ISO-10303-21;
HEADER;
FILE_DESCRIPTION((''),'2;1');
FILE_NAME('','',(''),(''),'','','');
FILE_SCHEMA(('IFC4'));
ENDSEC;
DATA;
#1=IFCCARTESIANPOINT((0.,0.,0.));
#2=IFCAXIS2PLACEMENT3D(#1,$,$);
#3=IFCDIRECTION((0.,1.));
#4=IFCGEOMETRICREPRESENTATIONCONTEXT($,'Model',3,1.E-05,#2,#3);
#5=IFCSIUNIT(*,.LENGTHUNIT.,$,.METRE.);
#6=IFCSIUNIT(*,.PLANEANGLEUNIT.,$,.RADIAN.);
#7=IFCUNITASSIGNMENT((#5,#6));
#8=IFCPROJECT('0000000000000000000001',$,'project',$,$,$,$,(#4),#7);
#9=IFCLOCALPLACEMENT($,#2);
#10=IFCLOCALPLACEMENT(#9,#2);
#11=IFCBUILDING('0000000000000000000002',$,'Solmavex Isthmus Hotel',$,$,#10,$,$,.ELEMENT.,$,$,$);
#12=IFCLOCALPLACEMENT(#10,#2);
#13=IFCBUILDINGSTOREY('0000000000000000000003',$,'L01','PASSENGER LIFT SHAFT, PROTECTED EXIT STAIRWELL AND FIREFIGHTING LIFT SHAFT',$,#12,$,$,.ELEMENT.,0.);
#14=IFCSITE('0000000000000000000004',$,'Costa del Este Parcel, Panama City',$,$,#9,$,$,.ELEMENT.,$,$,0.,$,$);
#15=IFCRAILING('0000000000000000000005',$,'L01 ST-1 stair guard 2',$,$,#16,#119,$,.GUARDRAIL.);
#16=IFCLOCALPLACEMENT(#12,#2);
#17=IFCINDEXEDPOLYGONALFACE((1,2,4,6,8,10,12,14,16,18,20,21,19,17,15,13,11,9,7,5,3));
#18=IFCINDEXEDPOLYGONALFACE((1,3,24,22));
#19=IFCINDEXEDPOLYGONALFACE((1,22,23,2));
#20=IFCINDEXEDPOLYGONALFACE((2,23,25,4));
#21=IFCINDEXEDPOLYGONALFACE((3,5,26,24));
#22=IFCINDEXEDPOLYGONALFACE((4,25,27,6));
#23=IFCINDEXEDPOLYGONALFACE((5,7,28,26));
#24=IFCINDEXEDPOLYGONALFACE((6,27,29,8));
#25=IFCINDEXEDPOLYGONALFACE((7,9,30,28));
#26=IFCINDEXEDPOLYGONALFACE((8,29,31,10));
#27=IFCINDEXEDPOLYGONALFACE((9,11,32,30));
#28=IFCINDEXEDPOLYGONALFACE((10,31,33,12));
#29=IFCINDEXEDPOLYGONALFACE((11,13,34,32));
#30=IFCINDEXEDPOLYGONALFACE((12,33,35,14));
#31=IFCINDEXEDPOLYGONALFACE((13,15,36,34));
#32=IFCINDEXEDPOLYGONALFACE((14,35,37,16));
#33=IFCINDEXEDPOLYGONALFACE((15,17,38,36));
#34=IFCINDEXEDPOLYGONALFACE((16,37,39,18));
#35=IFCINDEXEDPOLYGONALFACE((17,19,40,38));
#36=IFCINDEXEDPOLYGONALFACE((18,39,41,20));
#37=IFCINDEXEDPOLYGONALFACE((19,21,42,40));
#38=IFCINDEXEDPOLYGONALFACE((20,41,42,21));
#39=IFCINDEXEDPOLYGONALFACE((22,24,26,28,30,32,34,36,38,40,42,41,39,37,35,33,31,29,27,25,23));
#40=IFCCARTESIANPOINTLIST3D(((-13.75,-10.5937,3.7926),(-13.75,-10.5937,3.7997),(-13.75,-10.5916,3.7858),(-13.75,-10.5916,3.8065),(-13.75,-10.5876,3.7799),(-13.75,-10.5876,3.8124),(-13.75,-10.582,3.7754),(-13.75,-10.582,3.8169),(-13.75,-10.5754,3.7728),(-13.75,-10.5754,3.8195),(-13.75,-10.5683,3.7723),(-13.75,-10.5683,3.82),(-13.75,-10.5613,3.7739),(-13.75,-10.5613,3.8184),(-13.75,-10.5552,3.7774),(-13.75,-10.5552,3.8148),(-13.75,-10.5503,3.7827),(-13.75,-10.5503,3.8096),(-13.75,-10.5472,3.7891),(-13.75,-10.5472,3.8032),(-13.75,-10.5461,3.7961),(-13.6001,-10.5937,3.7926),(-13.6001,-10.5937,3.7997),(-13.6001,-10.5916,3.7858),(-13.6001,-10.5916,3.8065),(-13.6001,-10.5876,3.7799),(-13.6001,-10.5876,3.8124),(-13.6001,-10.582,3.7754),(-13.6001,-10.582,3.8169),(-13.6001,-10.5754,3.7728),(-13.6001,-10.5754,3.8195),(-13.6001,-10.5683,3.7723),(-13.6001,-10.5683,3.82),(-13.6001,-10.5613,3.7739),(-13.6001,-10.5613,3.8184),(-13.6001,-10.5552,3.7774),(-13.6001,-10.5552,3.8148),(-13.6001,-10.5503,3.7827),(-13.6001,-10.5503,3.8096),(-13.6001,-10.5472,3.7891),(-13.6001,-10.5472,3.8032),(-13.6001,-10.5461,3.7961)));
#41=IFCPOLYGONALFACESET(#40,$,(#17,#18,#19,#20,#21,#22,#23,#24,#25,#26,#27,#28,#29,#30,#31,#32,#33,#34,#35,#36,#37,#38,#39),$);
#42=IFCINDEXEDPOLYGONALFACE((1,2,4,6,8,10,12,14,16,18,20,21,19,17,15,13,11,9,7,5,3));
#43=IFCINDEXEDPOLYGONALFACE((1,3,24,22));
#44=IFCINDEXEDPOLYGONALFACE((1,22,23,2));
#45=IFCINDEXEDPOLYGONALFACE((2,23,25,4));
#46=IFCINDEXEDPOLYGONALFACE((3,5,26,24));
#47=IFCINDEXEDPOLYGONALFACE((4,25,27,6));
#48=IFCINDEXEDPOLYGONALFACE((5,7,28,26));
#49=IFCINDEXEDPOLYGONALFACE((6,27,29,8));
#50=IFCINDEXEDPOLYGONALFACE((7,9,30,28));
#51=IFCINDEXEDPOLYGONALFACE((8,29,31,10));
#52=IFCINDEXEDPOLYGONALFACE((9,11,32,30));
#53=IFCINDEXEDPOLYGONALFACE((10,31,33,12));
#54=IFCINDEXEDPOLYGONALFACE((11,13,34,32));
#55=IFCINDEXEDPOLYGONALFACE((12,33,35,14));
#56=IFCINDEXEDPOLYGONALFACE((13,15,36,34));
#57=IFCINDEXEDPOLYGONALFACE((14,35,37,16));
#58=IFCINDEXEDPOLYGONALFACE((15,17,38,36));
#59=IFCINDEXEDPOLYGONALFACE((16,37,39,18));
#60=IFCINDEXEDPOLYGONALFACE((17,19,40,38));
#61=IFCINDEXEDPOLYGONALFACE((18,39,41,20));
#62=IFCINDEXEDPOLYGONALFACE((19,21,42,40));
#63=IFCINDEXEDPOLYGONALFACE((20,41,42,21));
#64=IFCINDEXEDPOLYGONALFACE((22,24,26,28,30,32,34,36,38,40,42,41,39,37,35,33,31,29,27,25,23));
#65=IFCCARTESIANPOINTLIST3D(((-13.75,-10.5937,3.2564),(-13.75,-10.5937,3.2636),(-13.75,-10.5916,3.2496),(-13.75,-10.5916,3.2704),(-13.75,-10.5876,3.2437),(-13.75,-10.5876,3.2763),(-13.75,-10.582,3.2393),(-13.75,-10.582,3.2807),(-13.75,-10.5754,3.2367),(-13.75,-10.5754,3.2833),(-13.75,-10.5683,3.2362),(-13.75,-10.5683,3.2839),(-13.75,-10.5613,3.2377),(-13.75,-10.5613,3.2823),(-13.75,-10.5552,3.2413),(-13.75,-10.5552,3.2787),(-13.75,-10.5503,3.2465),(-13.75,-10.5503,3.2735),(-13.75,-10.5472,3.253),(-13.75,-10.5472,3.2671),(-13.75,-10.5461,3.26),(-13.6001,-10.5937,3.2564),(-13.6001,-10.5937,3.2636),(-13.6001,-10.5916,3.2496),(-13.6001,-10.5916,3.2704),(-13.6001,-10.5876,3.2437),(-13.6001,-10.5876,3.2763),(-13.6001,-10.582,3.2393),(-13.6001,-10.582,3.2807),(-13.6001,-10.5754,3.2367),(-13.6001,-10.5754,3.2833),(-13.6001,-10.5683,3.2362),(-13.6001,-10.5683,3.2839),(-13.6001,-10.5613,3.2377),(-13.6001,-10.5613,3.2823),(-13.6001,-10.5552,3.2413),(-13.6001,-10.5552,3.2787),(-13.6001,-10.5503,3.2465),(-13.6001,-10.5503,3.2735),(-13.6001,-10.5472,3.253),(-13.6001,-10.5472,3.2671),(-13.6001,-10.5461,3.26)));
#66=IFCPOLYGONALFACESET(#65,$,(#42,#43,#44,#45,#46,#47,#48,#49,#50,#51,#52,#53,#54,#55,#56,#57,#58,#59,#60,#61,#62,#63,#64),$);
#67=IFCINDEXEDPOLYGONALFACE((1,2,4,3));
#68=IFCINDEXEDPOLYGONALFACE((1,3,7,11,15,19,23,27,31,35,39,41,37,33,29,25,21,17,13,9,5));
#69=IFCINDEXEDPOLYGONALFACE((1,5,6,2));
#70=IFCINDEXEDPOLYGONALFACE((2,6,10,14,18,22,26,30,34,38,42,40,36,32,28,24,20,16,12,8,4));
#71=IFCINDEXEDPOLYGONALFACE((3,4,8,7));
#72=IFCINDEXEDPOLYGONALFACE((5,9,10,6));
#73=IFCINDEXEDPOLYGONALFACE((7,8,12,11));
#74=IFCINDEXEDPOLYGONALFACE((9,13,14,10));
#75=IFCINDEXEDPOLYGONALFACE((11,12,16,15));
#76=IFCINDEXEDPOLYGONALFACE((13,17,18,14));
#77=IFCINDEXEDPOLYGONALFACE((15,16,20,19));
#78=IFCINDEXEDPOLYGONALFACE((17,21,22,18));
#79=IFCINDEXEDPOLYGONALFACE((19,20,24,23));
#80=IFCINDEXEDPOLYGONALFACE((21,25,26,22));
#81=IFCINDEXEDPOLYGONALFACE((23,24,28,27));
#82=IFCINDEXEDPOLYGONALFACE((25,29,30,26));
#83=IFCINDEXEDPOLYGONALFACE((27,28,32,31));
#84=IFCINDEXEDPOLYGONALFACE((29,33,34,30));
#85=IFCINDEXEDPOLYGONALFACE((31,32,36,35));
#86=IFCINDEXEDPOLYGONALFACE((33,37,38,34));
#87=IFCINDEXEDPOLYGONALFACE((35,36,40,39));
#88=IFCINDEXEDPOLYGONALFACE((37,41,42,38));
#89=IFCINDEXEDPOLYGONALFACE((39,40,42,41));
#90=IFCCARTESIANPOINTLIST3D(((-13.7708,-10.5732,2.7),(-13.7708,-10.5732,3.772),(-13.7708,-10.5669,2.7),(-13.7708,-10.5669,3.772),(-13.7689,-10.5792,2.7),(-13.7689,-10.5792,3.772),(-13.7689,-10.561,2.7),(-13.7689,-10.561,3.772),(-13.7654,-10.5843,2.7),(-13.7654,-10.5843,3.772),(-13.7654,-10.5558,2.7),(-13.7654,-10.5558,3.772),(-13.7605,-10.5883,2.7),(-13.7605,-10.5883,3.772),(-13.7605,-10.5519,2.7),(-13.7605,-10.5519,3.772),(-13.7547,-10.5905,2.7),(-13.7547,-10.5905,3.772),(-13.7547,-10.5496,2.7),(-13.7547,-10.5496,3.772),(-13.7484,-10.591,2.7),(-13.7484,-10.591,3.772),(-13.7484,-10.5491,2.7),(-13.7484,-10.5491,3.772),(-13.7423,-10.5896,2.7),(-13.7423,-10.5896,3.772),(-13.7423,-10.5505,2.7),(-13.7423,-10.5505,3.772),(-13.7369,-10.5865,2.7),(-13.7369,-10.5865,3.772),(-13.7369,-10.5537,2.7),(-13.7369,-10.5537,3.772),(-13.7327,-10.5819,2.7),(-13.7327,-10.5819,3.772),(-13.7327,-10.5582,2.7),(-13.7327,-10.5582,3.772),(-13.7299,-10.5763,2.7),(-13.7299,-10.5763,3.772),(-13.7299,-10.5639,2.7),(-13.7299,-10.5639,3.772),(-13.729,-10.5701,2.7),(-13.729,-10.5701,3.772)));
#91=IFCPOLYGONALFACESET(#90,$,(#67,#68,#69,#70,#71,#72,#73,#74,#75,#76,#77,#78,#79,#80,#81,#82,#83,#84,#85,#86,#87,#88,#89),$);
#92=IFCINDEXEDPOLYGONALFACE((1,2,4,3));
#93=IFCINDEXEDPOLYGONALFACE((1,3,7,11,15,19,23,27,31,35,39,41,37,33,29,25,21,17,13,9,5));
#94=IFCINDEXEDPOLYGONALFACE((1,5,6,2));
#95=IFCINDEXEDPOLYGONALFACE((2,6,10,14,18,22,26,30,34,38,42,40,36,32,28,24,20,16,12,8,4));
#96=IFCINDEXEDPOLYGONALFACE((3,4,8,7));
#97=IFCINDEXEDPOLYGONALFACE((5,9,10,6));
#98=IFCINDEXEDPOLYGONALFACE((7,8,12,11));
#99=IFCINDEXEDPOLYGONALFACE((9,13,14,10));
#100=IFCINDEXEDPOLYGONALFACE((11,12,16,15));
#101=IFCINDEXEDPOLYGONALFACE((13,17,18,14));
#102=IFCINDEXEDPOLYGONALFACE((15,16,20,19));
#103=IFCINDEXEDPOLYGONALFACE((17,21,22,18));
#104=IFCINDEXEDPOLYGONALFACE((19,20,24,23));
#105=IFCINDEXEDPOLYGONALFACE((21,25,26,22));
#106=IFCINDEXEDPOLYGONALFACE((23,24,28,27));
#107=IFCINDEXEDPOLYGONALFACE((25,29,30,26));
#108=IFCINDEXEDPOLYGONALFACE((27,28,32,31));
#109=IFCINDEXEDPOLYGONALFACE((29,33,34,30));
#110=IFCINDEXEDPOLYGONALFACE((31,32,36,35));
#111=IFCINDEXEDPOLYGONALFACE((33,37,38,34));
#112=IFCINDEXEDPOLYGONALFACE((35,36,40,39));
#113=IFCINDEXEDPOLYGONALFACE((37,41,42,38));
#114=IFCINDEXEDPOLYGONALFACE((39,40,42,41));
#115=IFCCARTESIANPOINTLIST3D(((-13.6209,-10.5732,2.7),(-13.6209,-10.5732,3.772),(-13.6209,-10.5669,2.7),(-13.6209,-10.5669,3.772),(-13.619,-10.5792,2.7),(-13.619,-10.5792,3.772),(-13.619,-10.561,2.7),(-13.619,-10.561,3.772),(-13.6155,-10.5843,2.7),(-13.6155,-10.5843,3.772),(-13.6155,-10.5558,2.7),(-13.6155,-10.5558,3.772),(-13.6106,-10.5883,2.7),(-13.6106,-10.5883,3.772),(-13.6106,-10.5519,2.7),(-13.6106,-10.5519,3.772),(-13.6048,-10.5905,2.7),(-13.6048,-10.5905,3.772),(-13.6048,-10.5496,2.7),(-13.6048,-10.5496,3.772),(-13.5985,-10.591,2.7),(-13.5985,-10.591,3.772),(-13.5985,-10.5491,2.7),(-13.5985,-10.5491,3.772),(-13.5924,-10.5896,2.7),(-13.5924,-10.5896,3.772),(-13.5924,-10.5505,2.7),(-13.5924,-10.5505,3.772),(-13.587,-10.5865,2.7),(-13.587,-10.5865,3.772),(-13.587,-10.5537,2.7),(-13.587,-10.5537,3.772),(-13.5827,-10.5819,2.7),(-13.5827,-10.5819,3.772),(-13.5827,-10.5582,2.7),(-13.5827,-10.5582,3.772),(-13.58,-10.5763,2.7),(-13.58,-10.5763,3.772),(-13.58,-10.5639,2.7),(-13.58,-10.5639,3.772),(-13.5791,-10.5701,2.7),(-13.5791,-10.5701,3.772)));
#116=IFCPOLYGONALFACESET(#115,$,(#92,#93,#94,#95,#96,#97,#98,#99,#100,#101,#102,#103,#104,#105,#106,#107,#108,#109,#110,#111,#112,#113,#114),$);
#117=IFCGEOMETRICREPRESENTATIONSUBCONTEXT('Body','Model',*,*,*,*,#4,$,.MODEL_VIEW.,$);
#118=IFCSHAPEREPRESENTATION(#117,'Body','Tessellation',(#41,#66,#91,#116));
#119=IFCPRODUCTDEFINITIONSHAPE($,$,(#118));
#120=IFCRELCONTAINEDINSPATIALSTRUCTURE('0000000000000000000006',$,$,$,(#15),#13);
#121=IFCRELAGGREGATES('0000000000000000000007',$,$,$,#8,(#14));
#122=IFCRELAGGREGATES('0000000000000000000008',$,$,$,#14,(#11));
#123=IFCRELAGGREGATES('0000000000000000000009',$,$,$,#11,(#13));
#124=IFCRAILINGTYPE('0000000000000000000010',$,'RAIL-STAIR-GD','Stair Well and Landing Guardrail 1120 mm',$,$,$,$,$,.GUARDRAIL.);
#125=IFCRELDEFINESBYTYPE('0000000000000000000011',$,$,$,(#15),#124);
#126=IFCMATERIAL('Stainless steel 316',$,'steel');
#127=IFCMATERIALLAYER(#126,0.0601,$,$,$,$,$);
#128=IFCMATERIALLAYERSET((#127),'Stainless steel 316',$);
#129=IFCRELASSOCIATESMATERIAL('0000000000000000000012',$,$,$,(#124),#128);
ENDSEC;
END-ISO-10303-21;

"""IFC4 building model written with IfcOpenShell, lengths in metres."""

from ifc_helpers import new_model, si_unit, direction, frame, origin, origin_2d, place, context, subcontext, project, spatial, circle, extrude, material, layer, layer_set, type_object, element, save


model = new_model("IFC4")

# Units and contexts
model_context = context("Model", 3, precision=1e-05, world=origin(), true_north=direction((0.0, 1.0)))
body_context = subcontext(model_context, "Body", "Model", "MODEL_VIEW")
ifc_project = project(units=[si_unit("LENGTHUNIT", "METRE"), si_unit("PLANEANGLEUNIT", "RADIAN")], contexts=[model_context])

# Site, building, storey
site_placement = place(None, origin())
site = spatial("IfcSite", under=ifc_project, at=site_placement, Name="Costa del Este Parcel, Panama City", CompositionType="ELEMENT", RefElevation=0.0)
building_placement = place(site_placement, origin())
building = spatial("IfcBuilding", under=site, at=building_placement, Name="Solmavex Isthmus Hotel", CompositionType="ELEMENT")
storey_placement = place(building_placement, origin())
storey = spatial("IfcBuildingStorey", under=building, at=storey_placement, Name="L01", Description="PASSENGER LIFT SHAFT, PROTECTED EXIT STAIRWELL AND FIREFIGHTING LIFT SHAFT", CompositionType="ELEMENT", Elevation=0.0)

# Shared definitions
ifc_material_1 = material(Name="Stainless steel 316", Category="steel")

# Railing
ifc_layer_1 = layer(ifc_material_1, 0.0601)
ifc_layer_set_1 = layer_set([ifc_layer_1], Name="Stainless steel 316")
railing_type_1 = type_object("IfcRailingType", Name="RAIL-STAIR-GD", Description="Stair Well and Landing Guardrail 1120 mm", PredefinedType="GUARDRAIL", material=ifc_layer_set_1)
railing_1_placement = place(storey_placement, frame((-13.75, -10.5701, 2.7)))
element("IfcRailing", 1, at=railing_1_placement, inside=storey, type_object=railing_type_1, Name="L01 ST-1 stair guard 2", PredefinedType="GUARDRAIL", context=body_context, shape_type="SweptSolid", body=[
    extrude(circle(Radius=0.0239, at=origin_2d()), frame((0.0, 0.0, 1.0962), z_axis=(1.0, 0.0, 0.0), x_axis=(0.0, 1.0, 0.0)), (0.0, 0.0, 1.0), 0.1499),
    extrude(circle(Radius=0.0239, at=origin_2d()), frame((0.0, 0.0, 0.5601), z_axis=(1.0, 0.0, 0.0), x_axis=(0.0, 1.0, 0.0)), (0.0, 0.0, 1.0), 0.1499),
    extrude(circle(Radius=0.021, at=origin_2d()), origin(), (0.0, 0.0, 1.0), 1.072),
    extrude(circle(Radius=0.021, at=origin_2d()), frame((0.1499, 0.0, 0.0)), (0.0, 0.0, 1.0), 1.072),
])

save(model, "model.ifc")
